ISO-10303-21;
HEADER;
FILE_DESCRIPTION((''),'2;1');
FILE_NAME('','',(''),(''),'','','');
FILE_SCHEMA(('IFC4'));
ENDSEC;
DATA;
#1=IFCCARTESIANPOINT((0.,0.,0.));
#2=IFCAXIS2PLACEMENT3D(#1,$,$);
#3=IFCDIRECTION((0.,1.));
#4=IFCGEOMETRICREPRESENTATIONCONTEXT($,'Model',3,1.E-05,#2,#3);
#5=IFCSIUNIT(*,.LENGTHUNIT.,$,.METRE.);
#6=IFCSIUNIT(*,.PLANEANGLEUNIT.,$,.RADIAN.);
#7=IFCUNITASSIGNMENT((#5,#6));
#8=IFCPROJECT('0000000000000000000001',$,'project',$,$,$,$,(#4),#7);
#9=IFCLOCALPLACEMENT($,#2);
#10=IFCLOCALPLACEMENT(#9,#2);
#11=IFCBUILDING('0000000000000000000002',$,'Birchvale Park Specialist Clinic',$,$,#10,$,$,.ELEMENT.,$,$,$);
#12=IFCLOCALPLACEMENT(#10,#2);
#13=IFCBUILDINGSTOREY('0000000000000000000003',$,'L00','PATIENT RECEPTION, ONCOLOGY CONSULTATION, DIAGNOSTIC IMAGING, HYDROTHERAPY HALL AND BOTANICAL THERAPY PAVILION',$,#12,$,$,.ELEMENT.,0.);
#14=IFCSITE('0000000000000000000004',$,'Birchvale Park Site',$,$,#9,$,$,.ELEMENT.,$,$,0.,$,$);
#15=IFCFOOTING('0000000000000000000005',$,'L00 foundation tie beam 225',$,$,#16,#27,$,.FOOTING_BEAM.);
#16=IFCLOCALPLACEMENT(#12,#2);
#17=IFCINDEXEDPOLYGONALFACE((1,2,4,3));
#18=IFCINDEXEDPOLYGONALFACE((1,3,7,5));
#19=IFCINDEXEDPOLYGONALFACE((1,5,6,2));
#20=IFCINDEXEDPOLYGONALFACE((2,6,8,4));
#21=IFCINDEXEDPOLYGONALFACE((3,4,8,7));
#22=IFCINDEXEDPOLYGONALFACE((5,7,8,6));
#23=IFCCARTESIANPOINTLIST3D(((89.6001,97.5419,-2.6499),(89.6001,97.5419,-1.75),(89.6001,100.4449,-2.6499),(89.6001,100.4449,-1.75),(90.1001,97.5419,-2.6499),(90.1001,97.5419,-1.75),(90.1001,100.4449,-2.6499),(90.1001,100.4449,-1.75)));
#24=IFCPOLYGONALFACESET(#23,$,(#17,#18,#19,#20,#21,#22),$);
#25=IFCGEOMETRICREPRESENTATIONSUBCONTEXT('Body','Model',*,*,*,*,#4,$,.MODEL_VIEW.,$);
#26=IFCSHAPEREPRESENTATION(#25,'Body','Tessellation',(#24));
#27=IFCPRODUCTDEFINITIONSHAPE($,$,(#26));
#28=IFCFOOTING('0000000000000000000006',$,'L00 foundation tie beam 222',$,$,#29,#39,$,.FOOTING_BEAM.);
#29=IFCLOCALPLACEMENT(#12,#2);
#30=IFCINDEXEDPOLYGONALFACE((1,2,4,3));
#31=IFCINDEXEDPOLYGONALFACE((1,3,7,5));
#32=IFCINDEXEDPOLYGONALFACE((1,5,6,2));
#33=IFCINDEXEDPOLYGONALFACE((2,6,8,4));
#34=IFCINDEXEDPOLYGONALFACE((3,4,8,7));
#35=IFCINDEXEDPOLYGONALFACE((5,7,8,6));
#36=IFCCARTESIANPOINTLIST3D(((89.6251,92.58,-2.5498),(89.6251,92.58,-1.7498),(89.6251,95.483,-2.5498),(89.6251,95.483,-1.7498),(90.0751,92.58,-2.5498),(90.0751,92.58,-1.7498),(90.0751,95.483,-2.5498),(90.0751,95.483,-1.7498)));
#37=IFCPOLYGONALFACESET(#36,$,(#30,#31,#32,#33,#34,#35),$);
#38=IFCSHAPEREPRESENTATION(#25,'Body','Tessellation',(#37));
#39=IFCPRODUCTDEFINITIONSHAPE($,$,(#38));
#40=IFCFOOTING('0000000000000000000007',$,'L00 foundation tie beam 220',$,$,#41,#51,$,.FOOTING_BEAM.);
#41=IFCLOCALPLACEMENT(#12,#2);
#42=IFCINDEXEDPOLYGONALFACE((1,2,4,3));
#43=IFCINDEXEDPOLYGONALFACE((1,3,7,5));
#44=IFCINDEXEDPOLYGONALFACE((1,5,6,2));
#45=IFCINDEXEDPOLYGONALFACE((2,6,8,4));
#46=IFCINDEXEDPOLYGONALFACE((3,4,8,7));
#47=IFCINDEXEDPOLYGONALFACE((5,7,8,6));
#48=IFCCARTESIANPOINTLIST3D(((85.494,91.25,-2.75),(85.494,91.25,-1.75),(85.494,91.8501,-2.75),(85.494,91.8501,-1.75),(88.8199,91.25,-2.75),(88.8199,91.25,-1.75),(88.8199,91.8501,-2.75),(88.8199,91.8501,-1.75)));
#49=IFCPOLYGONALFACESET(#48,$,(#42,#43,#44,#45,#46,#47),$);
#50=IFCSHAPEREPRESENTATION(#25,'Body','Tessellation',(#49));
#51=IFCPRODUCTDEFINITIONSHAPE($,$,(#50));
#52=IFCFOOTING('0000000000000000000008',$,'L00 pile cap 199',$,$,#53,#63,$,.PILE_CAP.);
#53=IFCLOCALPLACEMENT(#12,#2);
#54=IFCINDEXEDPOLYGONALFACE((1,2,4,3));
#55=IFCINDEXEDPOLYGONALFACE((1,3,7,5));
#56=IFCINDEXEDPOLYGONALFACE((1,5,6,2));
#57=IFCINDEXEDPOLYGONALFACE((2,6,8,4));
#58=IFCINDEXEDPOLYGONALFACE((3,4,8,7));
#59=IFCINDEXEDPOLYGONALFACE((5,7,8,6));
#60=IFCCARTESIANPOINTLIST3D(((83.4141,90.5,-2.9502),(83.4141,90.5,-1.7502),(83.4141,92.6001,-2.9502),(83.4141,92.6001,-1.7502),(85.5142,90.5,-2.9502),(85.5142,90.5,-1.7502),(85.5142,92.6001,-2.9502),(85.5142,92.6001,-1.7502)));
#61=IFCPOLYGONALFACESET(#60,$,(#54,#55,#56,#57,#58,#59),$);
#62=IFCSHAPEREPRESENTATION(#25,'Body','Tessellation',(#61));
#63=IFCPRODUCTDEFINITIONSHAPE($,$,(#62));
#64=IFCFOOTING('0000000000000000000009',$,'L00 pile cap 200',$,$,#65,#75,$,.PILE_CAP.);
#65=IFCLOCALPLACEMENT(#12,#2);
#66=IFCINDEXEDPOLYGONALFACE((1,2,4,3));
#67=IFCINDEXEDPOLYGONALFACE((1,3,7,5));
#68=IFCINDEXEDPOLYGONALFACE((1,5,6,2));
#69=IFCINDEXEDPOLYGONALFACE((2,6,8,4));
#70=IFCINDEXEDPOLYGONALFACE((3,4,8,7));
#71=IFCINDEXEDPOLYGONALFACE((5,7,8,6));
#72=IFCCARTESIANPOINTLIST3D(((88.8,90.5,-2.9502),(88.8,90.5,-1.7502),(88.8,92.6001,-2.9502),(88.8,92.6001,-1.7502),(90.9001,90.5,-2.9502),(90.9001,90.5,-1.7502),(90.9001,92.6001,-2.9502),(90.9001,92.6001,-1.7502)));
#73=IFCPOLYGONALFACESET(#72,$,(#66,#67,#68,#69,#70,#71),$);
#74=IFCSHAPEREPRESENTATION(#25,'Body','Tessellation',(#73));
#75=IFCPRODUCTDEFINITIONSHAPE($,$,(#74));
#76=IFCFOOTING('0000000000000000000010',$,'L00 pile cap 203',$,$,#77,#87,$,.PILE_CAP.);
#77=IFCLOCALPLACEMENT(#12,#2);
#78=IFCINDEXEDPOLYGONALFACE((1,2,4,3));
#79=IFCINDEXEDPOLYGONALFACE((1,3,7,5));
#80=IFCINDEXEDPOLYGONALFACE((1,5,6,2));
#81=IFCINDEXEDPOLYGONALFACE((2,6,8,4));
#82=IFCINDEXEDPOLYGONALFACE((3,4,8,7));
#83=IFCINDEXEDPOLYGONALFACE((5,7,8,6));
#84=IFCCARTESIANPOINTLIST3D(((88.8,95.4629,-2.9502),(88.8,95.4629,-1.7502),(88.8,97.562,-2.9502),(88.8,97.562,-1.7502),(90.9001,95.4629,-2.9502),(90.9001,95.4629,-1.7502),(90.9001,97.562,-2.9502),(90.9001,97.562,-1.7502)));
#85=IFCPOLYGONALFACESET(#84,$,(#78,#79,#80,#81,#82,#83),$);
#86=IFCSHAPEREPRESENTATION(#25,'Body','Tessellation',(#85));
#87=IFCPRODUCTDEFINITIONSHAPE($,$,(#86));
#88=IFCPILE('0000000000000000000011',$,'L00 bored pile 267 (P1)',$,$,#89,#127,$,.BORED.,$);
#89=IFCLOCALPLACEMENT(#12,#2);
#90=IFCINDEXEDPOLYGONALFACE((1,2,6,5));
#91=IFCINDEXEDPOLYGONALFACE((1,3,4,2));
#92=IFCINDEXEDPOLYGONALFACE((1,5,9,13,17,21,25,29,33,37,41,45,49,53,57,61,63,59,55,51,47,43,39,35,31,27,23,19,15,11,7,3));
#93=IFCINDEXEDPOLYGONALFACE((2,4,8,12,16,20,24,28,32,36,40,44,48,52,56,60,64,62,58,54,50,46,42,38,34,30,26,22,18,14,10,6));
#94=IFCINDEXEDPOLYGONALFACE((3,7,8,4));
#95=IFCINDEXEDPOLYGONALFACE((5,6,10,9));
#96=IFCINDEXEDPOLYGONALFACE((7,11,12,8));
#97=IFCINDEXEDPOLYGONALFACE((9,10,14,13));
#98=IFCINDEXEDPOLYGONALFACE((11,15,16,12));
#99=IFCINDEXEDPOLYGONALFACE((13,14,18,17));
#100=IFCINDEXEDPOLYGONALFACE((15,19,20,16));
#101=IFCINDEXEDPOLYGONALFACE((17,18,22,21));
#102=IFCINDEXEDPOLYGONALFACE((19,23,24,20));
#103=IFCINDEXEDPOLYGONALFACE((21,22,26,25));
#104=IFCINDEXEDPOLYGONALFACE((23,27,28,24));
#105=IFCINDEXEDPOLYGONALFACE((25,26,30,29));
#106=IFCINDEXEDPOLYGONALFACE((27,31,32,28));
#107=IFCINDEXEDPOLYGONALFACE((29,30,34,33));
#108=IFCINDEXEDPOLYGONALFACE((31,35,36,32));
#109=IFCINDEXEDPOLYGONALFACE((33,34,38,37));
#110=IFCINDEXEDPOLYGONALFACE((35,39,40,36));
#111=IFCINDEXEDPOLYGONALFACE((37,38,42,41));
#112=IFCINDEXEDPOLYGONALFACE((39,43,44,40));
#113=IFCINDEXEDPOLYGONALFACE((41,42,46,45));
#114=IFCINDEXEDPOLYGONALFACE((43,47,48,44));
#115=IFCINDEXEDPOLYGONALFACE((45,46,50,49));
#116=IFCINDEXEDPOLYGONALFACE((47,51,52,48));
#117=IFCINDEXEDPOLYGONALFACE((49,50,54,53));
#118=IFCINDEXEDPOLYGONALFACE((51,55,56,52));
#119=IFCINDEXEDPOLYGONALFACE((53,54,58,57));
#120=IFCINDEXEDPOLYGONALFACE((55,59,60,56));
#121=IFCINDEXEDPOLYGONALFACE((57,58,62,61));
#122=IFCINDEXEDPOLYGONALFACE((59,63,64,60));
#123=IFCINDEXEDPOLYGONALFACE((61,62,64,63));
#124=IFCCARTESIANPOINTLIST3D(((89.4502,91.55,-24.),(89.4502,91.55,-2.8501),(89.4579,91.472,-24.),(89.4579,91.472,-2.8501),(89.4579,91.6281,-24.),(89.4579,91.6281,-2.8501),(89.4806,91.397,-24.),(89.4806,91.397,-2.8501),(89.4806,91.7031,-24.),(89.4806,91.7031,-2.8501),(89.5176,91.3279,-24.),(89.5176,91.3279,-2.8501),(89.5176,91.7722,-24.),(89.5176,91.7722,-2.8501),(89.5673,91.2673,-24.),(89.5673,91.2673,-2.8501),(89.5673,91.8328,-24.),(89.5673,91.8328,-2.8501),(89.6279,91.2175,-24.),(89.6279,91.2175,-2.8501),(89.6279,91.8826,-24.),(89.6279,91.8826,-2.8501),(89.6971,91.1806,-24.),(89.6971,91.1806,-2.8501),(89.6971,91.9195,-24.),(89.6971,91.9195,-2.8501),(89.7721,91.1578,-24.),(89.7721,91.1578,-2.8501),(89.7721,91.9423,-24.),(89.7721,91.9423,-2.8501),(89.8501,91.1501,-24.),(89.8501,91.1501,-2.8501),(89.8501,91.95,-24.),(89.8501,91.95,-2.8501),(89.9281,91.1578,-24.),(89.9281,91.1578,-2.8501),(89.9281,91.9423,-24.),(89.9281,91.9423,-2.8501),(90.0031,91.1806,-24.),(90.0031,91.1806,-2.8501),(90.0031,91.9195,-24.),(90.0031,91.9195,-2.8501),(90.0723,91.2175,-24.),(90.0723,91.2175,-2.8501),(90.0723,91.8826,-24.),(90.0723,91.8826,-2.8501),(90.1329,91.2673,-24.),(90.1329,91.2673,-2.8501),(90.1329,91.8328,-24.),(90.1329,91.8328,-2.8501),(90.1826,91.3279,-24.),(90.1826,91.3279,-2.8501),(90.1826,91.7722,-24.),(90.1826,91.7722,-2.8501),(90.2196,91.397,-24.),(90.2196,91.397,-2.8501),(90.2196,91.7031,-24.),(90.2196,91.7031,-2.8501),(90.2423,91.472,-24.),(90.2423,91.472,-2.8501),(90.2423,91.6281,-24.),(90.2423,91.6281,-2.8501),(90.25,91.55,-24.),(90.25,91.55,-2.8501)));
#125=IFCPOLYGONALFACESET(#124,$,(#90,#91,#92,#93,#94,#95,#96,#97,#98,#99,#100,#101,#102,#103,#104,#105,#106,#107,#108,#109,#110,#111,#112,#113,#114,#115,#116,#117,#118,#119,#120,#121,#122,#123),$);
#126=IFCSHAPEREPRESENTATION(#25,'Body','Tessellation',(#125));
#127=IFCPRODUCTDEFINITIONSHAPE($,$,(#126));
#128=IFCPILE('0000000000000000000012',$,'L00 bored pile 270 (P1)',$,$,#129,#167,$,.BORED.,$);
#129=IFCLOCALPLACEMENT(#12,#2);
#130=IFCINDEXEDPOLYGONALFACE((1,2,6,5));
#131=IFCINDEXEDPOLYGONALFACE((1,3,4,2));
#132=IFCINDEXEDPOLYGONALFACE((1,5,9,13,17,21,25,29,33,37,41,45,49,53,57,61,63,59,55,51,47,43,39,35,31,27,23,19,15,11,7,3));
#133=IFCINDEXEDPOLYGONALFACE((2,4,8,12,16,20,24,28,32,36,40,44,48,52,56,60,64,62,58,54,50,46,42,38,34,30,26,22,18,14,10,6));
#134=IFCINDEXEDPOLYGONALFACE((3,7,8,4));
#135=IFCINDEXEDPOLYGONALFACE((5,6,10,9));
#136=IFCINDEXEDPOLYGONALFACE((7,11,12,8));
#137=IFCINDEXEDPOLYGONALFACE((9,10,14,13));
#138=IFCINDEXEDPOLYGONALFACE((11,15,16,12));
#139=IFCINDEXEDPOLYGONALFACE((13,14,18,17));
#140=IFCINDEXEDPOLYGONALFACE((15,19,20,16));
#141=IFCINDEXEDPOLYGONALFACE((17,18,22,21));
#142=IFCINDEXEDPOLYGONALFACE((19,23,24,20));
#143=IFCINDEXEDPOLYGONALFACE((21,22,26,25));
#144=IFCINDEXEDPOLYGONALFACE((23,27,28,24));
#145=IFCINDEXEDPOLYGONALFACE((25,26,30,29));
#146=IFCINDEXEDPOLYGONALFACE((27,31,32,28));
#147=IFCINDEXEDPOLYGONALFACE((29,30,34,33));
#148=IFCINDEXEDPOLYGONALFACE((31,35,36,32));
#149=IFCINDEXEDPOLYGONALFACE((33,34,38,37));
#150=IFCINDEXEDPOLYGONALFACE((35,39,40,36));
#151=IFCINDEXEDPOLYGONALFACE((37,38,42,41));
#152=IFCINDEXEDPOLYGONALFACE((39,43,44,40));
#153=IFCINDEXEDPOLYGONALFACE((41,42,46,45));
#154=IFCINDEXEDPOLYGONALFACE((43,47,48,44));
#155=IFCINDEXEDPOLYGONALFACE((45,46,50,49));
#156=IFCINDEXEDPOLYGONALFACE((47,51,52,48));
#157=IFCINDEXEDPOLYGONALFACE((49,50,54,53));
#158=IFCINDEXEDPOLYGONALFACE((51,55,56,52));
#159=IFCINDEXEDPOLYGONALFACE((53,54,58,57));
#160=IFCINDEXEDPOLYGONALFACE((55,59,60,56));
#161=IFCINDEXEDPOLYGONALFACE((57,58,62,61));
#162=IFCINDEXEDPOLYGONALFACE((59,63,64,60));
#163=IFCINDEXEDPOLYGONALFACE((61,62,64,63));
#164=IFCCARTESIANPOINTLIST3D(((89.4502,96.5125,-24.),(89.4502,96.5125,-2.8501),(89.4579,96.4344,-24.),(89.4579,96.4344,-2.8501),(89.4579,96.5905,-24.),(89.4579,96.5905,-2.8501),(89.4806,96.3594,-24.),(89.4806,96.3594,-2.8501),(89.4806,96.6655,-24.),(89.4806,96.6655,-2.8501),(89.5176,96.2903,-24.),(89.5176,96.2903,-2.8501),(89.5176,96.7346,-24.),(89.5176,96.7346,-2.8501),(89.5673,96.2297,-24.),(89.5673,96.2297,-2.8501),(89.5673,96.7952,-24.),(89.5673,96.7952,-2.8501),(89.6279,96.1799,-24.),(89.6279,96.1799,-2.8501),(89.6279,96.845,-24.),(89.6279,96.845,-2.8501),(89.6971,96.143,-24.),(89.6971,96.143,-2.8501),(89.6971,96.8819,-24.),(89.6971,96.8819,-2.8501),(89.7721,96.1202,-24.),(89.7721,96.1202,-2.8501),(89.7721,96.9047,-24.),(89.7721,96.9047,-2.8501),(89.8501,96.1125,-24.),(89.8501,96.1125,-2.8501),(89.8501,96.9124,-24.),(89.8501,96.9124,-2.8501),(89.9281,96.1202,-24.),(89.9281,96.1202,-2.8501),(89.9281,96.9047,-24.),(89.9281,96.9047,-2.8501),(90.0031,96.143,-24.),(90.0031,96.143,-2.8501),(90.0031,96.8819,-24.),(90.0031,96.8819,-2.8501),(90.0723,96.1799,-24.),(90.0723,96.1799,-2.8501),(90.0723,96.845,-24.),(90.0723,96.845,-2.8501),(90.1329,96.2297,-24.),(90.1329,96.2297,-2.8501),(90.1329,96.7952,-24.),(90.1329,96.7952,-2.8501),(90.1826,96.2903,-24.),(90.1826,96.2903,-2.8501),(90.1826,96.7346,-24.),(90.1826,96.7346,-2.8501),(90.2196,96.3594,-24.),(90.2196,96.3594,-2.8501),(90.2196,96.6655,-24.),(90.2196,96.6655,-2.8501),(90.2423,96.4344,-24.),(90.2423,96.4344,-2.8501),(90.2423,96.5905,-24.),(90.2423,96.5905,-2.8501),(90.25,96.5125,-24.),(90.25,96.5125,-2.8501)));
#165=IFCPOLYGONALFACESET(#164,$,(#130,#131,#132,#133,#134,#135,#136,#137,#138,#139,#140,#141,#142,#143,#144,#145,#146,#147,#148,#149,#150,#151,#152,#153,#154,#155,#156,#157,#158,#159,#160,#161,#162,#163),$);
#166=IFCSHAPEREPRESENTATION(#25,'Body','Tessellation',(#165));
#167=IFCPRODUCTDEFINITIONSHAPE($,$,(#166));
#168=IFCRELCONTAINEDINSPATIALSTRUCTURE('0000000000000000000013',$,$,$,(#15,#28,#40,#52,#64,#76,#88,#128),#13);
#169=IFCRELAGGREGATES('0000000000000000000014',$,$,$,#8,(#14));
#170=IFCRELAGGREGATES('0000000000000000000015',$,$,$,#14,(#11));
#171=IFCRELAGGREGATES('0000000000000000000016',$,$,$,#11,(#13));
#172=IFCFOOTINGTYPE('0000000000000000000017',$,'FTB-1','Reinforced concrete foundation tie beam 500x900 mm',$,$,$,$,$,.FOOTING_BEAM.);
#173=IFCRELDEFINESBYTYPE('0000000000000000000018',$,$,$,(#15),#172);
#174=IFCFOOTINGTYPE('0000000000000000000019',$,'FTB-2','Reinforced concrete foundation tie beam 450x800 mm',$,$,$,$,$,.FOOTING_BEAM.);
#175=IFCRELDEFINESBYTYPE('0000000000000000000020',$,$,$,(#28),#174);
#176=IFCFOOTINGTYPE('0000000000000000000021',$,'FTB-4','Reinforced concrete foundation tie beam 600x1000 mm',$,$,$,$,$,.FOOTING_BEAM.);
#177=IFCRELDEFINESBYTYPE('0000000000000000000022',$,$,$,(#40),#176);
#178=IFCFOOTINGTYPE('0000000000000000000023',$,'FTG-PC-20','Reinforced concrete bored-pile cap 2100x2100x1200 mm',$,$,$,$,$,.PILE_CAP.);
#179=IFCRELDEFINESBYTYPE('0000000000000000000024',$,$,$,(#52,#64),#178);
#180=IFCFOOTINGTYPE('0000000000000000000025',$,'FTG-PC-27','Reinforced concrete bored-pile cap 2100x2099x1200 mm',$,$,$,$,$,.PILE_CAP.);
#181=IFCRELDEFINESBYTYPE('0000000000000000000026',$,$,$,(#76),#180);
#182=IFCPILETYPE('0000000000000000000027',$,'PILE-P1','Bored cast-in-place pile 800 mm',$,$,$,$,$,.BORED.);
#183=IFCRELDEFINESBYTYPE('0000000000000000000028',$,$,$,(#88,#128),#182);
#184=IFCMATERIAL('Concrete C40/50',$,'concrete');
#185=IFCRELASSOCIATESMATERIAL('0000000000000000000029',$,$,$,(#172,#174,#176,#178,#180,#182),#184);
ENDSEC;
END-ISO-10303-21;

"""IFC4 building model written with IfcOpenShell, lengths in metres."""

from ifc_helpers import new_model, si_unit, direction, frame, origin, origin_2d, place, context, subcontext, project, spatial, rectangle, circle, extrude, material, material_profile, profile_set, type_object, element, save


model = new_model("IFC4")

# Units and contexts
model_context = context("Model", 3, precision=1e-05, world=origin(), true_north=direction((0.0, 1.0)))
body_context = subcontext(model_context, "Body", "Model", "MODEL_VIEW")
ifc_project = project(units=[si_unit("LENGTHUNIT", "METRE"), si_unit("PLANEANGLEUNIT", "RADIAN")], contexts=[model_context])

# Site, building, storey
site_placement = place(None, origin())
site = spatial("IfcSite", under=ifc_project, at=site_placement, Name="Birchvale Park Site", CompositionType="ELEMENT", RefElevation=0.0)
building_placement = place(site_placement, origin())
building = spatial("IfcBuilding", under=site, at=building_placement, Name="Birchvale Park Specialist Clinic", CompositionType="ELEMENT")
storey_placement = place(building_placement, origin())
storey = spatial("IfcBuildingStorey", under=building, at=storey_placement, Name="L00", Description="PATIENT RECEPTION, ONCOLOGY CONSULTATION, DIAGNOSTIC IMAGING, HYDROTHERAPY HALL AND BOTANICAL THERAPY PAVILION", CompositionType="ELEMENT", Elevation=0.0)

# Footings
ifc_material_1 = material(Name="Concrete C40/50", Category="concrete")
footing_type_1 = type_object("IfcFootingType", Name="FTB-1", Description="Reinforced concrete foundation tie beam 500x900 mm", PredefinedType="FOOTING_BEAM", material=ifc_material_1)
footing_1_placement = place(storey_placement, frame((89.8501, 98.9934, -2.6499), z_axis=(0.0, 0.0, 1.0), x_axis=(1.0, 0.0, 0.0)))
element("IfcFooting", 1, at=footing_1_placement, inside=storey, type_object=footing_type_1, Name="L00 foundation tie beam 225", PredefinedType="FOOTING_BEAM", context=body_context, shape_type="SweptSolid", body=[
    extrude(rectangle(XDim=0.5, YDim=2.9031, at=origin_2d()), origin(), (0.0, 0.0, 1.0), 0.8999),
])
footing_type_2 = type_object("IfcFootingType", Name="FTB-2", Description="Reinforced concrete foundation tie beam 450x800 mm", PredefinedType="FOOTING_BEAM", material=ifc_material_1)
footing_2_placement = place(storey_placement, frame((89.8501, 94.0315, -2.5498), z_axis=(0.0, 0.0, 1.0), x_axis=(1.0, 0.0, 0.0)))
element("IfcFooting", 2, at=footing_2_placement, inside=storey, type_object=footing_type_2, Name="L00 foundation tie beam 222", PredefinedType="FOOTING_BEAM", context=body_context, shape_type="SweptSolid", body=[
    extrude(rectangle(XDim=0.45, YDim=2.9031, at=origin_2d()), origin(), (0.0, 0.0, 1.0), 0.8),
])
footing_type_3 = type_object("IfcFootingType", Name="FTB-4", Description="Reinforced concrete foundation tie beam 600x1000 mm", PredefinedType="FOOTING_BEAM", material=ifc_material_1)
footing_3_placement = place(storey_placement, frame((87.157, 91.55, -2.75), z_axis=(0.0, 0.0, 1.0), x_axis=(1.0, 0.0, 0.0)))
element("IfcFooting", 3, at=footing_3_placement, inside=storey, type_object=footing_type_3, Name="L00 foundation tie beam 220", PredefinedType="FOOTING_BEAM", context=body_context, shape_type="SweptSolid", body=[
    extrude(rectangle(XDim=3.3259, YDim=0.6001, at=origin_2d()), origin(), (0.0, 0.0, 1.0), 1.0),
])
footing_type_4 = type_object("IfcFootingType", Name="FTG-PC-20", Description="Reinforced concrete bored-pile cap 2100x2100x1200 mm", PredefinedType="PILE_CAP", material=ifc_material_1)
for number, where, z_axis, x_axis, name in (
    (4, (84.4641, 91.55, -2.9502), (0.0, 0.0, 1.0), (1.0, 0.0, 0.0), "L00 pile cap 199"),
    (5, (89.8501, 91.55, -2.9502), (0.0, 0.0, 1.0), (1.0, 0.0, 0.0), "L00 pile cap 200"),
):
    element("IfcFooting", number, at=place(storey_placement, frame(where, z_axis=z_axis, x_axis=x_axis)), inside=storey, type_object=footing_type_4, Name=name, PredefinedType="PILE_CAP", context=body_context, shape_type="SweptSolid", body=[
        extrude(rectangle(XDim=2.1001, YDim=2.1001, at=origin_2d()), origin(), (0.0, 0.0, 1.0), 1.2),
    ])
footing_type_5 = type_object("IfcFootingType", Name="FTG-PC-27", Description="Reinforced concrete bored-pile cap 2100x2099x1200 mm", PredefinedType="PILE_CAP", material=ifc_material_1)
footing_4_placement = place(storey_placement, frame((89.8501, 96.5125, -2.9502), z_axis=(0.0, 0.0, 1.0), x_axis=(1.0, 0.0, 0.0)))
element("IfcFooting", 6, at=footing_4_placement, inside=storey, type_object=footing_type_5, Name="L00 pile cap 203", PredefinedType="PILE_CAP", context=body_context, shape_type="SweptSolid", body=[
    extrude(rectangle(XDim=2.1001, YDim=2.0991, at=origin_2d()), origin(), (0.0, 0.0, 1.0), 1.2),
])

# Piles
ifc_material_profile_1 = material_profile(ifc_material_1, circle(Radius=0.3999, at=origin_2d()), Name="PILE-800")
ifc_profile_set_1 = profile_set([ifc_material_profile_1], Name="Concrete C40/50")
pile_type_1 = type_object("IfcPileType", Name="PILE-P1", Description="Bored cast-in-place pile 800 mm", PredefinedType="BORED", material=ifc_profile_set_1)
for number, where, z_axis, x_axis, name in (
    (7, (89.8501, 91.55, -2.8501), (0.0, 0.0, -1.0), (1.0, 0.0, 0.0), "L00 bored pile 267 (P1)"),
    (8, (89.8501, 96.5125, -2.8501), (0.0, 0.0, -1.0), (1.0, 0.0, 0.0), "L00 bored pile 270 (P1)"),
):
    element("IfcPile", number, at=place(storey_placement, frame(where, z_axis=z_axis, x_axis=x_axis)), inside=storey, type_object=pile_type_1, Name=name, PredefinedType="BORED", context=body_context, shape_type="SweptSolid", body=[
        extrude(circle(Radius=0.3999, at=origin_2d()), origin(), (0.0, 0.0, 1.0), 21.1499),
    ])

save(model, "model.ifc")
